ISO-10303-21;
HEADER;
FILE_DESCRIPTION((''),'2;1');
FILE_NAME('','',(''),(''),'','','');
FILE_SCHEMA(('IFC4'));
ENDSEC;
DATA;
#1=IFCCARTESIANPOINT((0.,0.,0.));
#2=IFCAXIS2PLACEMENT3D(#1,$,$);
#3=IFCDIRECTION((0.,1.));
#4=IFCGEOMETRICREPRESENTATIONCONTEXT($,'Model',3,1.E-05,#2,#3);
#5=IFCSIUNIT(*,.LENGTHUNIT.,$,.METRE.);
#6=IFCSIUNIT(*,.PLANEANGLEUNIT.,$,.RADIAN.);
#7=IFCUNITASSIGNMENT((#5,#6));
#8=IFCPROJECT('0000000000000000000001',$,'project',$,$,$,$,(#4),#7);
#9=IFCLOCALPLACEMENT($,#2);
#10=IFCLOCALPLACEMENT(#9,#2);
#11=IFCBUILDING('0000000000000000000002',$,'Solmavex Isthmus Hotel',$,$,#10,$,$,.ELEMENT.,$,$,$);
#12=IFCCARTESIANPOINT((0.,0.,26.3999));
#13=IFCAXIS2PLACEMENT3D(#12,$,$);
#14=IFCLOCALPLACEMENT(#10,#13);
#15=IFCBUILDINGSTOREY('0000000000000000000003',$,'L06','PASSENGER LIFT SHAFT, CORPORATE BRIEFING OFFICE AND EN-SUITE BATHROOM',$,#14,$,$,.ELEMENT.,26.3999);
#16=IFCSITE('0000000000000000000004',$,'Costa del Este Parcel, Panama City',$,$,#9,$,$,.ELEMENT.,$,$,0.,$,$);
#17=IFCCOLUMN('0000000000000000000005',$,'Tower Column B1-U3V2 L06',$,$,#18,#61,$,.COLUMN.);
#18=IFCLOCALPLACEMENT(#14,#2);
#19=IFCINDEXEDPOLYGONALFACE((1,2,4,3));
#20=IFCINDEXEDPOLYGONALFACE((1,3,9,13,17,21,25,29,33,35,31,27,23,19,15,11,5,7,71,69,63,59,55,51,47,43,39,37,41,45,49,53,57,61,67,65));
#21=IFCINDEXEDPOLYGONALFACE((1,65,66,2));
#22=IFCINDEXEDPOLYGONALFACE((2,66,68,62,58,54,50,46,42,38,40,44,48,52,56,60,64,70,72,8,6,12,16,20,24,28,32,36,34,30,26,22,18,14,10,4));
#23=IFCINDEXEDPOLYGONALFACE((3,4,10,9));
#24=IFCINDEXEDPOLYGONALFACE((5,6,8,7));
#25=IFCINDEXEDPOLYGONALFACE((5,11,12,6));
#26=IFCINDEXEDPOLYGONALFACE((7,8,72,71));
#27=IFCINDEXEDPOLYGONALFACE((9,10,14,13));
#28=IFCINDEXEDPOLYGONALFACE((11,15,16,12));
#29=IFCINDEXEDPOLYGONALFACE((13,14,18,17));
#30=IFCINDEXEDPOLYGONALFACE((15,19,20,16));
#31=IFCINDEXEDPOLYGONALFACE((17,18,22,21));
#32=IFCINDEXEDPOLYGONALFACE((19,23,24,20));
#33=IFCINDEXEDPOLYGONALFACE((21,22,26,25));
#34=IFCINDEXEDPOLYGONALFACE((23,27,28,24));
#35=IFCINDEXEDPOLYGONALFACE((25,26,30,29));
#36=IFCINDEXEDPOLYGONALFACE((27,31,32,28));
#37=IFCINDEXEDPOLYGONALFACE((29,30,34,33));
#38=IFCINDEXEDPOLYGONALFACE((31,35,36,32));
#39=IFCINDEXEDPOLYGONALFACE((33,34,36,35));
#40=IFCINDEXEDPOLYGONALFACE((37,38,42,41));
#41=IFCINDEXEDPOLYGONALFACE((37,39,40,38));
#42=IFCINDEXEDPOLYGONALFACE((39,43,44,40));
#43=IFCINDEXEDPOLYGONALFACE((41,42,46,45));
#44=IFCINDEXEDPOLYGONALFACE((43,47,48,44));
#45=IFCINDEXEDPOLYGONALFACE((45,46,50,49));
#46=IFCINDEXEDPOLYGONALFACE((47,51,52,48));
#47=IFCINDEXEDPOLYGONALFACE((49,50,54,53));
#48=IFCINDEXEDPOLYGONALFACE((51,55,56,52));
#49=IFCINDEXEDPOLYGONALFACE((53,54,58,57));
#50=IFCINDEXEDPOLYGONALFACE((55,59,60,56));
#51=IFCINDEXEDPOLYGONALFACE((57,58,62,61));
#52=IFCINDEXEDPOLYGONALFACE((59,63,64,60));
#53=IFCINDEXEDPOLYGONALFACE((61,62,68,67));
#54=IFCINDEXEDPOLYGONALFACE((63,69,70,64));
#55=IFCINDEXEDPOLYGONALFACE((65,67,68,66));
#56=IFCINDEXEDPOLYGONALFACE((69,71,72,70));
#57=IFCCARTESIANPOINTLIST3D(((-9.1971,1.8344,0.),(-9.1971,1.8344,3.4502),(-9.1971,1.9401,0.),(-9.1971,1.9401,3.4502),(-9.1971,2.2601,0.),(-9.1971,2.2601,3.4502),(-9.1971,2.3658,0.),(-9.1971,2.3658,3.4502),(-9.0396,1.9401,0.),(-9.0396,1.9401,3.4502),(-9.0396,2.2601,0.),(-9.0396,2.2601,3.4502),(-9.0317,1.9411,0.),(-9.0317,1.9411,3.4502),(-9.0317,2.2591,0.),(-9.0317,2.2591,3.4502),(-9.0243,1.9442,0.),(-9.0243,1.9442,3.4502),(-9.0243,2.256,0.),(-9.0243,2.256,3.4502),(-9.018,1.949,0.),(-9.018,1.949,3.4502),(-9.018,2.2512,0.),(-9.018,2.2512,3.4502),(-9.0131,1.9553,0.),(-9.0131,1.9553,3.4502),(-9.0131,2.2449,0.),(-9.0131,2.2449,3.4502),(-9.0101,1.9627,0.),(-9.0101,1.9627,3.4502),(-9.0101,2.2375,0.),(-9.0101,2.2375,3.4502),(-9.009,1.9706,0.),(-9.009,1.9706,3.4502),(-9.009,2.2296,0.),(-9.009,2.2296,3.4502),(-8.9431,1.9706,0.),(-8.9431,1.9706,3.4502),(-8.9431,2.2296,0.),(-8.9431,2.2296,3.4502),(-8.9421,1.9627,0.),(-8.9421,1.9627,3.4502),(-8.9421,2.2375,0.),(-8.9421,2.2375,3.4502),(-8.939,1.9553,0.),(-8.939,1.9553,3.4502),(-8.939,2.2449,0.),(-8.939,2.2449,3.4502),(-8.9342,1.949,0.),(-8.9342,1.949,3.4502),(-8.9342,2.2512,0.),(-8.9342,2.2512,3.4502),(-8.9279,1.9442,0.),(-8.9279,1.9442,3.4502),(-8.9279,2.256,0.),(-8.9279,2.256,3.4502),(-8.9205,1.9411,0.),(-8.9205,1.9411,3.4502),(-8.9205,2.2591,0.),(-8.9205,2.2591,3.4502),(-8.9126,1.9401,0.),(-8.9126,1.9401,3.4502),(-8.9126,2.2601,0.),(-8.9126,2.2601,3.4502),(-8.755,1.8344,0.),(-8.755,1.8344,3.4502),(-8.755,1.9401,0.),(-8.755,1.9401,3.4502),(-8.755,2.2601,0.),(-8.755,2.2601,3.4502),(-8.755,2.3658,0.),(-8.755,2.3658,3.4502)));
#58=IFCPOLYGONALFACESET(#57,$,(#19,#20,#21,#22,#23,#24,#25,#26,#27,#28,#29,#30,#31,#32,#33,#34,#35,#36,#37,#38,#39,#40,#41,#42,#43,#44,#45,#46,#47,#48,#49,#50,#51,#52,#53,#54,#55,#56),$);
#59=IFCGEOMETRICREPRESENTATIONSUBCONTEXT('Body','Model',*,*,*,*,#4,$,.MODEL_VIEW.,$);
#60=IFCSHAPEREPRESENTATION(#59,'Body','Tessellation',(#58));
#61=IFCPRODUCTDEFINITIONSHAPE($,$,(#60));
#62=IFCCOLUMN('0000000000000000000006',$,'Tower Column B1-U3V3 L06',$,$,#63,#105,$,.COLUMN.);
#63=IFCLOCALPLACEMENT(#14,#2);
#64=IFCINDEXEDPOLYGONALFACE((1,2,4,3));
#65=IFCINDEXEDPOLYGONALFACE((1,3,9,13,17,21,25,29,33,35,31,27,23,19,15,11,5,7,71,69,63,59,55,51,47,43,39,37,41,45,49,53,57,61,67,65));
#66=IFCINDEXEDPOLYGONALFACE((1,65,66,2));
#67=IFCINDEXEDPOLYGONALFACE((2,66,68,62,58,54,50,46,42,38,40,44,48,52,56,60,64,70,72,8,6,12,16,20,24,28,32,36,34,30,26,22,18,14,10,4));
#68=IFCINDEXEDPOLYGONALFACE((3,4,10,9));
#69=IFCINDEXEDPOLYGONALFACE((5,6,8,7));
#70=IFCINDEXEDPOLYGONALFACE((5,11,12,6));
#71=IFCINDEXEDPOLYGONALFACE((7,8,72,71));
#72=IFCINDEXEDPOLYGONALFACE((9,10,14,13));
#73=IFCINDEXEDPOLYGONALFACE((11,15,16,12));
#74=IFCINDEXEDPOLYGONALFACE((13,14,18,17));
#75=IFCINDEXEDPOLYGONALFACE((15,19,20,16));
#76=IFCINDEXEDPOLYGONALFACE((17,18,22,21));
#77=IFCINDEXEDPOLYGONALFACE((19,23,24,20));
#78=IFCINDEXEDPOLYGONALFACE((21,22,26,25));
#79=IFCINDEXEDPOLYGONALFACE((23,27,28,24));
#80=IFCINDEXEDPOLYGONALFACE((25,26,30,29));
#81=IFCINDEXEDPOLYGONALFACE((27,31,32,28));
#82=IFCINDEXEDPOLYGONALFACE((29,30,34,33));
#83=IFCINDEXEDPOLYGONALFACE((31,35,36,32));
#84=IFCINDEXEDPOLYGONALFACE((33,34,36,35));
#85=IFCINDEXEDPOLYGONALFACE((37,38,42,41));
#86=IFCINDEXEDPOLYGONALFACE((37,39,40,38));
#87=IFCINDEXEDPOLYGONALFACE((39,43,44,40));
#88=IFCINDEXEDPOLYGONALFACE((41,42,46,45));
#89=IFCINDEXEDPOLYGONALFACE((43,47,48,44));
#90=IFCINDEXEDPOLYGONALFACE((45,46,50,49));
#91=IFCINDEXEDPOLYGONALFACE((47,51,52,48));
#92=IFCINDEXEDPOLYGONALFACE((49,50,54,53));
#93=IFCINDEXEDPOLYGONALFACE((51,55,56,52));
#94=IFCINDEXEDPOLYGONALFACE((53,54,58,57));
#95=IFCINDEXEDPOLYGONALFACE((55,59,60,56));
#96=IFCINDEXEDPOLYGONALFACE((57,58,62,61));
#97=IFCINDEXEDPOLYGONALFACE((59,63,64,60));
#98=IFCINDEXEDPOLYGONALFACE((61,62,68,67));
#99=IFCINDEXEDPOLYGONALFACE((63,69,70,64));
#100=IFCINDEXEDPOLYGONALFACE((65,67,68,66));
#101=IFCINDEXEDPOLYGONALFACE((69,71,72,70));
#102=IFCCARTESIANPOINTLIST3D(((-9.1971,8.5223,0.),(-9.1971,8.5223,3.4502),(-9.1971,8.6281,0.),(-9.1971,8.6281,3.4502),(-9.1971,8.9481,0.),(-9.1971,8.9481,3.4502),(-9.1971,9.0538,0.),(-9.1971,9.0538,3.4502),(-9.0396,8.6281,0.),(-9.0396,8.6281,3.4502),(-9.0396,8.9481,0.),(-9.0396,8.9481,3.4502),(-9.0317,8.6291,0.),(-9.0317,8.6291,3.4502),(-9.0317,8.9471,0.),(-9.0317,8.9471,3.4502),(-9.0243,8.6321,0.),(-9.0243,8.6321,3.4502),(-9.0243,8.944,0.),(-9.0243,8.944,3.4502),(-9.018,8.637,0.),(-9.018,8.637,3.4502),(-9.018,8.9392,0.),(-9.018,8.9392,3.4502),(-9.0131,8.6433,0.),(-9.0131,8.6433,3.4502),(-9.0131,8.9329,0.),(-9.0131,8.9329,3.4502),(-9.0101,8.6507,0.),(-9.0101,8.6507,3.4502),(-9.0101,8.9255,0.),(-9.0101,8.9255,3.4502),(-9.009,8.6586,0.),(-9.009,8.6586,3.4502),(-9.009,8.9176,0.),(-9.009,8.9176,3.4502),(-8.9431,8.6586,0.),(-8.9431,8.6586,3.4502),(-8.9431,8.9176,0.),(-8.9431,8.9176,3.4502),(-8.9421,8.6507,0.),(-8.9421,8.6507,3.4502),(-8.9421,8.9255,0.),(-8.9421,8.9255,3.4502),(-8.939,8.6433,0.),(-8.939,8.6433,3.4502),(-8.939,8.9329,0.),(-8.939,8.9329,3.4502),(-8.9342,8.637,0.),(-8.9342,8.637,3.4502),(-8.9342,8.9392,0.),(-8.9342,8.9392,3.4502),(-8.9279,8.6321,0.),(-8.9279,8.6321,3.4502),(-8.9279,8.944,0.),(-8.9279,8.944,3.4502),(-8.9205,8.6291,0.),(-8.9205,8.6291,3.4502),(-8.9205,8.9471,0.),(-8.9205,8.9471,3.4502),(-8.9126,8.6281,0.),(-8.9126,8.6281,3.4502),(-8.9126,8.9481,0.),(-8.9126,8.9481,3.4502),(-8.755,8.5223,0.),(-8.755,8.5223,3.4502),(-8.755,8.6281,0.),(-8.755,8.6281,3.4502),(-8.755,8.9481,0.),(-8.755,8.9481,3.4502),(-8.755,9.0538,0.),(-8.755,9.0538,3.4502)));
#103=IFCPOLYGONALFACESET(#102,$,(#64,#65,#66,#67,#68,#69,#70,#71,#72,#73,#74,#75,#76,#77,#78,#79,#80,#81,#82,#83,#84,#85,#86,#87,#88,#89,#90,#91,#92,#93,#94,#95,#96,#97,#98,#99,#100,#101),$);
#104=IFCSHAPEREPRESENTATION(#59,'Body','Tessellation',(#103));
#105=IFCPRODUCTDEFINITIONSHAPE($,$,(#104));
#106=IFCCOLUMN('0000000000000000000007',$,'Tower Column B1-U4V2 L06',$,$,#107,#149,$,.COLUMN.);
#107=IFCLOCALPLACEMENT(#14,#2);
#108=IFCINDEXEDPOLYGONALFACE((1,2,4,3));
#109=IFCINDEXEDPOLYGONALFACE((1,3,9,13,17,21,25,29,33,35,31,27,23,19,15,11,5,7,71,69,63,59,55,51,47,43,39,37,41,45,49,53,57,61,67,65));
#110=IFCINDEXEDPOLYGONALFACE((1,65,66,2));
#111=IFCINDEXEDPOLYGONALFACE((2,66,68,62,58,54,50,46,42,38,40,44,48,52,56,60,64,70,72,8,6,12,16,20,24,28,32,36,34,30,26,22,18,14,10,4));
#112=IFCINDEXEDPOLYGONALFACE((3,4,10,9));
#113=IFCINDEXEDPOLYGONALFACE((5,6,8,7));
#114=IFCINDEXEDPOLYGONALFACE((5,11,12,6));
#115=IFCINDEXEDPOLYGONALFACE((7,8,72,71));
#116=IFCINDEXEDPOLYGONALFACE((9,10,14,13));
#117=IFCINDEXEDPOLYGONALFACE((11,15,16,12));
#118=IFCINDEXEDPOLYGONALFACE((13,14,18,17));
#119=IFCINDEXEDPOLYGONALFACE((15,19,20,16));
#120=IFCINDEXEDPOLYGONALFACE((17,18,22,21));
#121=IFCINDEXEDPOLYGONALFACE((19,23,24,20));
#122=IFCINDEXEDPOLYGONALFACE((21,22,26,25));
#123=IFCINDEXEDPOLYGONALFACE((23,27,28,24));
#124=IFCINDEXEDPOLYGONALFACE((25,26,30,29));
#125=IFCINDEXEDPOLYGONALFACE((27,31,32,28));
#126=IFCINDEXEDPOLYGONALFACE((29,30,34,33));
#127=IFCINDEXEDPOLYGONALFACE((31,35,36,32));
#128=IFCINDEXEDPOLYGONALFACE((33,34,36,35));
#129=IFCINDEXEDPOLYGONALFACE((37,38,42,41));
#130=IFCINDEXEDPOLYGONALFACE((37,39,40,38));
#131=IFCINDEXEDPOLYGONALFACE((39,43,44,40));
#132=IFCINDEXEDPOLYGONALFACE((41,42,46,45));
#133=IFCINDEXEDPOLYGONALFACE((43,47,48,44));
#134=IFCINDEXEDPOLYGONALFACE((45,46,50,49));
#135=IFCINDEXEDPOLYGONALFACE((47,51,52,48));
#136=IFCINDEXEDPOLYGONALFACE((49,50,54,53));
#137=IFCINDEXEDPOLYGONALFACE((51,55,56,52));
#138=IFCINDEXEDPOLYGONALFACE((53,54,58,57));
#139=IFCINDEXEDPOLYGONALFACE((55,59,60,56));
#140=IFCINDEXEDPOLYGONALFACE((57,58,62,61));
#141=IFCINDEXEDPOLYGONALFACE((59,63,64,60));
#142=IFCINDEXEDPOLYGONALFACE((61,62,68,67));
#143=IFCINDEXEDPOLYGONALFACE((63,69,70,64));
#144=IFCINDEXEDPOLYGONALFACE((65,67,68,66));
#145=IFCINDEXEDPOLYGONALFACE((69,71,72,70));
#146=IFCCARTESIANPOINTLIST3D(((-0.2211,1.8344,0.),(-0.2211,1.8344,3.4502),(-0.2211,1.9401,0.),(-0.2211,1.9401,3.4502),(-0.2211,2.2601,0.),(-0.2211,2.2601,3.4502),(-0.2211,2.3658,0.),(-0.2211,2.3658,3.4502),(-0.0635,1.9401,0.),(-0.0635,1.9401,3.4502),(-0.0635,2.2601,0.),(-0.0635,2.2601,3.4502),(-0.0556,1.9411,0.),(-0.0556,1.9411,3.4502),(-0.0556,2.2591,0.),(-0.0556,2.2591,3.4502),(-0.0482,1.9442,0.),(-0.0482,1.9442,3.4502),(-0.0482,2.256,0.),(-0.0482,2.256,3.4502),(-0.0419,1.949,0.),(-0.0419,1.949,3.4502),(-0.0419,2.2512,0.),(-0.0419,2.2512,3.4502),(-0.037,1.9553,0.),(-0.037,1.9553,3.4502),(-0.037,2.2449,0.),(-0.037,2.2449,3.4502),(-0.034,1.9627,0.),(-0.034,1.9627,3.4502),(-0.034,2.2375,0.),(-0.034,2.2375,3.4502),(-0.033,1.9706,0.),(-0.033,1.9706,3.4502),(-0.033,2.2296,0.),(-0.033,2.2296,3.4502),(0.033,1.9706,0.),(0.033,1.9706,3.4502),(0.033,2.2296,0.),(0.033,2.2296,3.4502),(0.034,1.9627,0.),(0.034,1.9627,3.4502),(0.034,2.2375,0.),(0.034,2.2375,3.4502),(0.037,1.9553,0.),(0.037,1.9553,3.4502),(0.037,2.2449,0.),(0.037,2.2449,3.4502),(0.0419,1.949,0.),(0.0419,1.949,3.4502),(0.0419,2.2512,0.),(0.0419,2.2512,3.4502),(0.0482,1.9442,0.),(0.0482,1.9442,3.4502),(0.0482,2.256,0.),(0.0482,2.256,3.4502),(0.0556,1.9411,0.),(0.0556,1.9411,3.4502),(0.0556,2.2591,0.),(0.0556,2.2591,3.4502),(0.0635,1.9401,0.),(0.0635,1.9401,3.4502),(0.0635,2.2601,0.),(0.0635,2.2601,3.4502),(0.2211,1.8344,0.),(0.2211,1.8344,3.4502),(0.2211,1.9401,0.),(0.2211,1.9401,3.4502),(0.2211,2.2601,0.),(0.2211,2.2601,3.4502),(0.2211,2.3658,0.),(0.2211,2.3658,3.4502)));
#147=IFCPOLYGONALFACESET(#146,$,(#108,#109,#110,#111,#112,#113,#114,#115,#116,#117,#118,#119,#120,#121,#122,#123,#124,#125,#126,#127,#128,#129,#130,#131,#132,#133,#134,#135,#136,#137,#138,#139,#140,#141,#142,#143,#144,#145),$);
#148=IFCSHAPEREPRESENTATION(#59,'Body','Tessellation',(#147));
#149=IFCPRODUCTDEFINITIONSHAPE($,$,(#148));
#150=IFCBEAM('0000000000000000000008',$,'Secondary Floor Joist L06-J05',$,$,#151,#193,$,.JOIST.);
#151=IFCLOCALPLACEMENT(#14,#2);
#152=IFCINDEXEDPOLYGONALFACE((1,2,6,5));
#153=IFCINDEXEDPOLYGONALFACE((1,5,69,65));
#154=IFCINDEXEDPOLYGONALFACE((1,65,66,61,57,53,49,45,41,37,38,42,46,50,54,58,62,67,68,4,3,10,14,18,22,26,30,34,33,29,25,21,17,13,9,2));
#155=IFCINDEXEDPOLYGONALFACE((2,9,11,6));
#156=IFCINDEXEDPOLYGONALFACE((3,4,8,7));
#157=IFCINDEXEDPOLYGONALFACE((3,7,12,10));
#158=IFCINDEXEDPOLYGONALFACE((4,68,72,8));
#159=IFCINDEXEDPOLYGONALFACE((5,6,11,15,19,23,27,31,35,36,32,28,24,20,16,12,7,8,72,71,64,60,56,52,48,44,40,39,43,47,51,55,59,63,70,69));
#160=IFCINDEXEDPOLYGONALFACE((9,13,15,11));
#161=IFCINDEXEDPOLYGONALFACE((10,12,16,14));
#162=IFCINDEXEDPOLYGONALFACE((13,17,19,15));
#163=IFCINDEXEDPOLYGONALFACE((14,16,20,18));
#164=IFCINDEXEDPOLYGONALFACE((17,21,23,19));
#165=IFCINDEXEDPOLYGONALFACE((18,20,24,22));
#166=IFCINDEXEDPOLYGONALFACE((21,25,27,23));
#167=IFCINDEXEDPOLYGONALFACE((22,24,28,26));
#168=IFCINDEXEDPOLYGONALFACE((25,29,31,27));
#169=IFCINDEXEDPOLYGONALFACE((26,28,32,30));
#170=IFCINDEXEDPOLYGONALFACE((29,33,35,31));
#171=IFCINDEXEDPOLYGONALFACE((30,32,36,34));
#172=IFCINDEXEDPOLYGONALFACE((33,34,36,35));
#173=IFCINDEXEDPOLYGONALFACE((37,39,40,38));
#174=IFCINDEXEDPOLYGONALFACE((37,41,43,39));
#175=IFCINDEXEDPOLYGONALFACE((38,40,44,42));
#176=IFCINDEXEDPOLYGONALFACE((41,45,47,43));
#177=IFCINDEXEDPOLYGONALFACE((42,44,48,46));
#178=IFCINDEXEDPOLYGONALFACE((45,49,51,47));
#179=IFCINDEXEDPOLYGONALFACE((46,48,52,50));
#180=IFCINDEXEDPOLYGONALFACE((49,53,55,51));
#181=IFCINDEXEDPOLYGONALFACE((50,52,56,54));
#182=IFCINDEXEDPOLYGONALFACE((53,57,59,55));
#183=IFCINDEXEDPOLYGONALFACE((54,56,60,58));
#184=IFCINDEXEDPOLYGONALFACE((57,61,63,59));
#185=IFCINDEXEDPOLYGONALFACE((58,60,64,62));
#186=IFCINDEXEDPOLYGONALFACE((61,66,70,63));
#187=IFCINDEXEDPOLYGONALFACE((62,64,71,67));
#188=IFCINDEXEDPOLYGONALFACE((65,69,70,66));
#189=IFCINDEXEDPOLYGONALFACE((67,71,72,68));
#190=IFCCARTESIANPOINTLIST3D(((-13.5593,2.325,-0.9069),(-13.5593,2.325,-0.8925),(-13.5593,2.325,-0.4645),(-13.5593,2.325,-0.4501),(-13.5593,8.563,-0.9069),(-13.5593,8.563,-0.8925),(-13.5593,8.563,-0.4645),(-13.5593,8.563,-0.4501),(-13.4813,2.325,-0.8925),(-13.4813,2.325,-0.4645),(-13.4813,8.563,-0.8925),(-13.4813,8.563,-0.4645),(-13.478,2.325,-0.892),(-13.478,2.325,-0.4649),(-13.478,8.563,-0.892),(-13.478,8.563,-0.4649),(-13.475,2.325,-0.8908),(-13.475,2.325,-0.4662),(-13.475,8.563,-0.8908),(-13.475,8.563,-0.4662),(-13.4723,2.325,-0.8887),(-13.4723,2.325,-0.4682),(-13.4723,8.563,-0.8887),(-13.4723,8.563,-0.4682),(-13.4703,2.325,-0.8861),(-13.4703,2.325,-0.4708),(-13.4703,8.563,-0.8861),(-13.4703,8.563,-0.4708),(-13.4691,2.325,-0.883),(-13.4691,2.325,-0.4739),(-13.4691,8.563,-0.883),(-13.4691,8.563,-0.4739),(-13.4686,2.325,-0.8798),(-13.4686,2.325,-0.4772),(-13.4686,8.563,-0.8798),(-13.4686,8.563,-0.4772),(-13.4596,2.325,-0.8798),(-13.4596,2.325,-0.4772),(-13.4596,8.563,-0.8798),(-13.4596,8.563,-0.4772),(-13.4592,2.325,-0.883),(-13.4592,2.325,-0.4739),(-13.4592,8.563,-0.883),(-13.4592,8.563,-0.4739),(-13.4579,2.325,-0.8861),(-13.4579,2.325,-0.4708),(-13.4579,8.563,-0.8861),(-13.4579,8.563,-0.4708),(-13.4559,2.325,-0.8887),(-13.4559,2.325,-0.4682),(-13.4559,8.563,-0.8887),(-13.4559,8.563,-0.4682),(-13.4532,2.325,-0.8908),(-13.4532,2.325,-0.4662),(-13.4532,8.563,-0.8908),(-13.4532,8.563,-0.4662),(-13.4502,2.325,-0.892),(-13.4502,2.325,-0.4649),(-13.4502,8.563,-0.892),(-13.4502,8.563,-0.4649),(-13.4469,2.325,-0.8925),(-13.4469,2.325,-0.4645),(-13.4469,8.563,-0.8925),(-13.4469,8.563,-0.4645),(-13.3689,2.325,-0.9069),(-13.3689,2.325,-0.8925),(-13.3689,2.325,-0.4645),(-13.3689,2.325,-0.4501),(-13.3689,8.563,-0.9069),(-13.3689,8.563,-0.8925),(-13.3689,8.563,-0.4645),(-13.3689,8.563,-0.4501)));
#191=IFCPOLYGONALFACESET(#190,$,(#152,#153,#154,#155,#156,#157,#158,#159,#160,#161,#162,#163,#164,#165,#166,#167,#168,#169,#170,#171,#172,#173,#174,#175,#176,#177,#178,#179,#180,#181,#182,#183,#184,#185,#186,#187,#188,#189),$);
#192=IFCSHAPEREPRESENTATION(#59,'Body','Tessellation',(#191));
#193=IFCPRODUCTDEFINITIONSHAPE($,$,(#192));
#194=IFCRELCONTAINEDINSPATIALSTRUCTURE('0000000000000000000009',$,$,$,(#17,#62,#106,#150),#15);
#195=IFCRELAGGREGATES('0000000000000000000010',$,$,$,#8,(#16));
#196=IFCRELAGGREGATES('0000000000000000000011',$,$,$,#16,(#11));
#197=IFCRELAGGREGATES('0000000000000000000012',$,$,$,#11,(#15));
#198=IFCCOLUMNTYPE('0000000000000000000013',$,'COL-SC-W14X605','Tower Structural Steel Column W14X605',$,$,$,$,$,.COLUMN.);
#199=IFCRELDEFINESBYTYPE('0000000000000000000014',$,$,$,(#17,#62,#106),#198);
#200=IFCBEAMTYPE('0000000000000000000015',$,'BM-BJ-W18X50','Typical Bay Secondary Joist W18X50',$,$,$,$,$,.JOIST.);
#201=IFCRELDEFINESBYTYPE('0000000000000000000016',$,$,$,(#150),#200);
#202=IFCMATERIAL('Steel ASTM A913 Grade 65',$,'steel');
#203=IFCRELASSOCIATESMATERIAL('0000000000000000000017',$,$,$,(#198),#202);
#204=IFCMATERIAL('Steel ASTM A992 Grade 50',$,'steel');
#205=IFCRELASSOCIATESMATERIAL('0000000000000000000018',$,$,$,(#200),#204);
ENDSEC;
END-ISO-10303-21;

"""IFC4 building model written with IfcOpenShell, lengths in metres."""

from ifc_helpers import new_model, si_unit, direction, frame, origin, origin_2d, place, context, subcontext, project, spatial, i_section, extrude, material, material_profile, profile_set, type_object, element, save


model = new_model("IFC4")

# Units and contexts
model_context = context("Model", 3, precision=1e-05, world=origin(), true_north=direction((0.0, 1.0)))
body_context = subcontext(model_context, "Body", "Model", "MODEL_VIEW")
ifc_project = project(units=[si_unit("LENGTHUNIT", "METRE"), si_unit("PLANEANGLEUNIT", "RADIAN")], contexts=[model_context])

# Site, building, storey
site_placement = place(None, origin())
site = spatial("IfcSite", under=ifc_project, at=site_placement, Name="Costa del Este Parcel, Panama City", CompositionType="ELEMENT", RefElevation=0.0)
building_placement = place(site_placement, origin())
building = spatial("IfcBuilding", under=site, at=building_placement, Name="Solmavex Isthmus Hotel", CompositionType="ELEMENT")
storey_placement = place(building_placement, frame((0.0, 0.0, 26.3999)))
storey = spatial("IfcBuildingStorey", under=building, at=storey_placement, Name="L06", Description="PASSENGER LIFT SHAFT, CORPORATE BRIEFING OFFICE AND EN-SUITE BATHROOM", CompositionType="ELEMENT", Elevation=26.3999)

# Columns
ifc_material_1 = material(Name="Steel ASTM A913 Grade 65", Category="steel")
ifc_material_profile_1 = material_profile(ifc_material_1, i_section(OverallWidth=0.4421, OverallDepth=0.5315, WebThickness=0.0659, FlangeThickness=0.1057, FilletRadius=0.0305, at=origin_2d()), Name="W14X605")
ifc_profile_set_1 = profile_set([ifc_material_profile_1], Name="Steel ASTM A913 Grade 65")
column_type = type_object("IfcColumnType", Name="COL-SC-W14X605", Description="Tower Structural Steel Column W14X605", PredefinedType="COLUMN", material=ifc_profile_set_1)
for number, where, z_axis, x_axis, name in (
    (1, (-8.9761, 2.1001, 0.0), (0.0, 0.0, 1.0), (1.0, 0.0, 0.0), "Tower Column B1-U3V2 L06"),
    (2, (-8.9761, 8.7881, 0.0), (0.0, 0.0, 1.0), (1.0, 0.0, 0.0), "Tower Column B1-U3V3 L06"),
    (3, (0.0, 2.1001, 0.0), (0.0, 0.0, 1.0), (1.0, 0.0, 0.0), "Tower Column B1-U4V2 L06"),
):
    element("IfcColumn", number, at=place(storey_placement, frame(where, z_axis=z_axis, x_axis=x_axis)), inside=storey, type_object=column_type, Name=name, PredefinedType="COLUMN", context=body_context, shape_type="SweptSolid", body=[
        extrude(i_section(OverallWidth=0.4421, OverallDepth=0.5315, WebThickness=0.0659, FlangeThickness=0.1057, FilletRadius=0.0305, at=origin_2d()), origin(), (0.0, 0.0, 1.0), 3.4502),
    ])

# Beam
ifc_material_2 = material(Name="Steel ASTM A992 Grade 50", Category="steel")
ifc_material_profile_2 = material_profile(ifc_material_2, i_section(OverallWidth=0.1904, OverallDepth=0.4568, WebThickness=0.009, FlangeThickness=0.0144, FilletRadius=0.0127, at=origin_2d()), Name="W18X50")
ifc_profile_set_2 = profile_set([ifc_material_profile_2], Name="Steel ASTM A992 Grade 50")
beam_type_1 = type_object("IfcBeamType", Name="BM-BJ-W18X50", Description="Typical Bay Secondary Joist W18X50", PredefinedType="JOIST", material=ifc_profile_set_2)
for number, where, z_axis, x_axis, name in (
    (4, (-13.4641, 2.325, -0.6785), (0.0, 1.0, 0.0), (-1.0, 0.0, 0.0), "Secondary Floor Joist L06-J05"),
):
    element("IfcBeam", number, at=place(storey_placement, frame(where, z_axis=z_axis, x_axis=x_axis)), inside=storey, type_object=beam_type_1, Name=name, PredefinedType="JOIST", context=body_context, shape_type="SweptSolid", body=[
        extrude(i_section(OverallWidth=0.1904, OverallDepth=0.4568, WebThickness=0.009, FlangeThickness=0.0144, FilletRadius=0.0127, at=origin_2d()), origin(), (0.0, 0.0, 1.0), 6.238),
    ])

save(model, "model.ifc")
